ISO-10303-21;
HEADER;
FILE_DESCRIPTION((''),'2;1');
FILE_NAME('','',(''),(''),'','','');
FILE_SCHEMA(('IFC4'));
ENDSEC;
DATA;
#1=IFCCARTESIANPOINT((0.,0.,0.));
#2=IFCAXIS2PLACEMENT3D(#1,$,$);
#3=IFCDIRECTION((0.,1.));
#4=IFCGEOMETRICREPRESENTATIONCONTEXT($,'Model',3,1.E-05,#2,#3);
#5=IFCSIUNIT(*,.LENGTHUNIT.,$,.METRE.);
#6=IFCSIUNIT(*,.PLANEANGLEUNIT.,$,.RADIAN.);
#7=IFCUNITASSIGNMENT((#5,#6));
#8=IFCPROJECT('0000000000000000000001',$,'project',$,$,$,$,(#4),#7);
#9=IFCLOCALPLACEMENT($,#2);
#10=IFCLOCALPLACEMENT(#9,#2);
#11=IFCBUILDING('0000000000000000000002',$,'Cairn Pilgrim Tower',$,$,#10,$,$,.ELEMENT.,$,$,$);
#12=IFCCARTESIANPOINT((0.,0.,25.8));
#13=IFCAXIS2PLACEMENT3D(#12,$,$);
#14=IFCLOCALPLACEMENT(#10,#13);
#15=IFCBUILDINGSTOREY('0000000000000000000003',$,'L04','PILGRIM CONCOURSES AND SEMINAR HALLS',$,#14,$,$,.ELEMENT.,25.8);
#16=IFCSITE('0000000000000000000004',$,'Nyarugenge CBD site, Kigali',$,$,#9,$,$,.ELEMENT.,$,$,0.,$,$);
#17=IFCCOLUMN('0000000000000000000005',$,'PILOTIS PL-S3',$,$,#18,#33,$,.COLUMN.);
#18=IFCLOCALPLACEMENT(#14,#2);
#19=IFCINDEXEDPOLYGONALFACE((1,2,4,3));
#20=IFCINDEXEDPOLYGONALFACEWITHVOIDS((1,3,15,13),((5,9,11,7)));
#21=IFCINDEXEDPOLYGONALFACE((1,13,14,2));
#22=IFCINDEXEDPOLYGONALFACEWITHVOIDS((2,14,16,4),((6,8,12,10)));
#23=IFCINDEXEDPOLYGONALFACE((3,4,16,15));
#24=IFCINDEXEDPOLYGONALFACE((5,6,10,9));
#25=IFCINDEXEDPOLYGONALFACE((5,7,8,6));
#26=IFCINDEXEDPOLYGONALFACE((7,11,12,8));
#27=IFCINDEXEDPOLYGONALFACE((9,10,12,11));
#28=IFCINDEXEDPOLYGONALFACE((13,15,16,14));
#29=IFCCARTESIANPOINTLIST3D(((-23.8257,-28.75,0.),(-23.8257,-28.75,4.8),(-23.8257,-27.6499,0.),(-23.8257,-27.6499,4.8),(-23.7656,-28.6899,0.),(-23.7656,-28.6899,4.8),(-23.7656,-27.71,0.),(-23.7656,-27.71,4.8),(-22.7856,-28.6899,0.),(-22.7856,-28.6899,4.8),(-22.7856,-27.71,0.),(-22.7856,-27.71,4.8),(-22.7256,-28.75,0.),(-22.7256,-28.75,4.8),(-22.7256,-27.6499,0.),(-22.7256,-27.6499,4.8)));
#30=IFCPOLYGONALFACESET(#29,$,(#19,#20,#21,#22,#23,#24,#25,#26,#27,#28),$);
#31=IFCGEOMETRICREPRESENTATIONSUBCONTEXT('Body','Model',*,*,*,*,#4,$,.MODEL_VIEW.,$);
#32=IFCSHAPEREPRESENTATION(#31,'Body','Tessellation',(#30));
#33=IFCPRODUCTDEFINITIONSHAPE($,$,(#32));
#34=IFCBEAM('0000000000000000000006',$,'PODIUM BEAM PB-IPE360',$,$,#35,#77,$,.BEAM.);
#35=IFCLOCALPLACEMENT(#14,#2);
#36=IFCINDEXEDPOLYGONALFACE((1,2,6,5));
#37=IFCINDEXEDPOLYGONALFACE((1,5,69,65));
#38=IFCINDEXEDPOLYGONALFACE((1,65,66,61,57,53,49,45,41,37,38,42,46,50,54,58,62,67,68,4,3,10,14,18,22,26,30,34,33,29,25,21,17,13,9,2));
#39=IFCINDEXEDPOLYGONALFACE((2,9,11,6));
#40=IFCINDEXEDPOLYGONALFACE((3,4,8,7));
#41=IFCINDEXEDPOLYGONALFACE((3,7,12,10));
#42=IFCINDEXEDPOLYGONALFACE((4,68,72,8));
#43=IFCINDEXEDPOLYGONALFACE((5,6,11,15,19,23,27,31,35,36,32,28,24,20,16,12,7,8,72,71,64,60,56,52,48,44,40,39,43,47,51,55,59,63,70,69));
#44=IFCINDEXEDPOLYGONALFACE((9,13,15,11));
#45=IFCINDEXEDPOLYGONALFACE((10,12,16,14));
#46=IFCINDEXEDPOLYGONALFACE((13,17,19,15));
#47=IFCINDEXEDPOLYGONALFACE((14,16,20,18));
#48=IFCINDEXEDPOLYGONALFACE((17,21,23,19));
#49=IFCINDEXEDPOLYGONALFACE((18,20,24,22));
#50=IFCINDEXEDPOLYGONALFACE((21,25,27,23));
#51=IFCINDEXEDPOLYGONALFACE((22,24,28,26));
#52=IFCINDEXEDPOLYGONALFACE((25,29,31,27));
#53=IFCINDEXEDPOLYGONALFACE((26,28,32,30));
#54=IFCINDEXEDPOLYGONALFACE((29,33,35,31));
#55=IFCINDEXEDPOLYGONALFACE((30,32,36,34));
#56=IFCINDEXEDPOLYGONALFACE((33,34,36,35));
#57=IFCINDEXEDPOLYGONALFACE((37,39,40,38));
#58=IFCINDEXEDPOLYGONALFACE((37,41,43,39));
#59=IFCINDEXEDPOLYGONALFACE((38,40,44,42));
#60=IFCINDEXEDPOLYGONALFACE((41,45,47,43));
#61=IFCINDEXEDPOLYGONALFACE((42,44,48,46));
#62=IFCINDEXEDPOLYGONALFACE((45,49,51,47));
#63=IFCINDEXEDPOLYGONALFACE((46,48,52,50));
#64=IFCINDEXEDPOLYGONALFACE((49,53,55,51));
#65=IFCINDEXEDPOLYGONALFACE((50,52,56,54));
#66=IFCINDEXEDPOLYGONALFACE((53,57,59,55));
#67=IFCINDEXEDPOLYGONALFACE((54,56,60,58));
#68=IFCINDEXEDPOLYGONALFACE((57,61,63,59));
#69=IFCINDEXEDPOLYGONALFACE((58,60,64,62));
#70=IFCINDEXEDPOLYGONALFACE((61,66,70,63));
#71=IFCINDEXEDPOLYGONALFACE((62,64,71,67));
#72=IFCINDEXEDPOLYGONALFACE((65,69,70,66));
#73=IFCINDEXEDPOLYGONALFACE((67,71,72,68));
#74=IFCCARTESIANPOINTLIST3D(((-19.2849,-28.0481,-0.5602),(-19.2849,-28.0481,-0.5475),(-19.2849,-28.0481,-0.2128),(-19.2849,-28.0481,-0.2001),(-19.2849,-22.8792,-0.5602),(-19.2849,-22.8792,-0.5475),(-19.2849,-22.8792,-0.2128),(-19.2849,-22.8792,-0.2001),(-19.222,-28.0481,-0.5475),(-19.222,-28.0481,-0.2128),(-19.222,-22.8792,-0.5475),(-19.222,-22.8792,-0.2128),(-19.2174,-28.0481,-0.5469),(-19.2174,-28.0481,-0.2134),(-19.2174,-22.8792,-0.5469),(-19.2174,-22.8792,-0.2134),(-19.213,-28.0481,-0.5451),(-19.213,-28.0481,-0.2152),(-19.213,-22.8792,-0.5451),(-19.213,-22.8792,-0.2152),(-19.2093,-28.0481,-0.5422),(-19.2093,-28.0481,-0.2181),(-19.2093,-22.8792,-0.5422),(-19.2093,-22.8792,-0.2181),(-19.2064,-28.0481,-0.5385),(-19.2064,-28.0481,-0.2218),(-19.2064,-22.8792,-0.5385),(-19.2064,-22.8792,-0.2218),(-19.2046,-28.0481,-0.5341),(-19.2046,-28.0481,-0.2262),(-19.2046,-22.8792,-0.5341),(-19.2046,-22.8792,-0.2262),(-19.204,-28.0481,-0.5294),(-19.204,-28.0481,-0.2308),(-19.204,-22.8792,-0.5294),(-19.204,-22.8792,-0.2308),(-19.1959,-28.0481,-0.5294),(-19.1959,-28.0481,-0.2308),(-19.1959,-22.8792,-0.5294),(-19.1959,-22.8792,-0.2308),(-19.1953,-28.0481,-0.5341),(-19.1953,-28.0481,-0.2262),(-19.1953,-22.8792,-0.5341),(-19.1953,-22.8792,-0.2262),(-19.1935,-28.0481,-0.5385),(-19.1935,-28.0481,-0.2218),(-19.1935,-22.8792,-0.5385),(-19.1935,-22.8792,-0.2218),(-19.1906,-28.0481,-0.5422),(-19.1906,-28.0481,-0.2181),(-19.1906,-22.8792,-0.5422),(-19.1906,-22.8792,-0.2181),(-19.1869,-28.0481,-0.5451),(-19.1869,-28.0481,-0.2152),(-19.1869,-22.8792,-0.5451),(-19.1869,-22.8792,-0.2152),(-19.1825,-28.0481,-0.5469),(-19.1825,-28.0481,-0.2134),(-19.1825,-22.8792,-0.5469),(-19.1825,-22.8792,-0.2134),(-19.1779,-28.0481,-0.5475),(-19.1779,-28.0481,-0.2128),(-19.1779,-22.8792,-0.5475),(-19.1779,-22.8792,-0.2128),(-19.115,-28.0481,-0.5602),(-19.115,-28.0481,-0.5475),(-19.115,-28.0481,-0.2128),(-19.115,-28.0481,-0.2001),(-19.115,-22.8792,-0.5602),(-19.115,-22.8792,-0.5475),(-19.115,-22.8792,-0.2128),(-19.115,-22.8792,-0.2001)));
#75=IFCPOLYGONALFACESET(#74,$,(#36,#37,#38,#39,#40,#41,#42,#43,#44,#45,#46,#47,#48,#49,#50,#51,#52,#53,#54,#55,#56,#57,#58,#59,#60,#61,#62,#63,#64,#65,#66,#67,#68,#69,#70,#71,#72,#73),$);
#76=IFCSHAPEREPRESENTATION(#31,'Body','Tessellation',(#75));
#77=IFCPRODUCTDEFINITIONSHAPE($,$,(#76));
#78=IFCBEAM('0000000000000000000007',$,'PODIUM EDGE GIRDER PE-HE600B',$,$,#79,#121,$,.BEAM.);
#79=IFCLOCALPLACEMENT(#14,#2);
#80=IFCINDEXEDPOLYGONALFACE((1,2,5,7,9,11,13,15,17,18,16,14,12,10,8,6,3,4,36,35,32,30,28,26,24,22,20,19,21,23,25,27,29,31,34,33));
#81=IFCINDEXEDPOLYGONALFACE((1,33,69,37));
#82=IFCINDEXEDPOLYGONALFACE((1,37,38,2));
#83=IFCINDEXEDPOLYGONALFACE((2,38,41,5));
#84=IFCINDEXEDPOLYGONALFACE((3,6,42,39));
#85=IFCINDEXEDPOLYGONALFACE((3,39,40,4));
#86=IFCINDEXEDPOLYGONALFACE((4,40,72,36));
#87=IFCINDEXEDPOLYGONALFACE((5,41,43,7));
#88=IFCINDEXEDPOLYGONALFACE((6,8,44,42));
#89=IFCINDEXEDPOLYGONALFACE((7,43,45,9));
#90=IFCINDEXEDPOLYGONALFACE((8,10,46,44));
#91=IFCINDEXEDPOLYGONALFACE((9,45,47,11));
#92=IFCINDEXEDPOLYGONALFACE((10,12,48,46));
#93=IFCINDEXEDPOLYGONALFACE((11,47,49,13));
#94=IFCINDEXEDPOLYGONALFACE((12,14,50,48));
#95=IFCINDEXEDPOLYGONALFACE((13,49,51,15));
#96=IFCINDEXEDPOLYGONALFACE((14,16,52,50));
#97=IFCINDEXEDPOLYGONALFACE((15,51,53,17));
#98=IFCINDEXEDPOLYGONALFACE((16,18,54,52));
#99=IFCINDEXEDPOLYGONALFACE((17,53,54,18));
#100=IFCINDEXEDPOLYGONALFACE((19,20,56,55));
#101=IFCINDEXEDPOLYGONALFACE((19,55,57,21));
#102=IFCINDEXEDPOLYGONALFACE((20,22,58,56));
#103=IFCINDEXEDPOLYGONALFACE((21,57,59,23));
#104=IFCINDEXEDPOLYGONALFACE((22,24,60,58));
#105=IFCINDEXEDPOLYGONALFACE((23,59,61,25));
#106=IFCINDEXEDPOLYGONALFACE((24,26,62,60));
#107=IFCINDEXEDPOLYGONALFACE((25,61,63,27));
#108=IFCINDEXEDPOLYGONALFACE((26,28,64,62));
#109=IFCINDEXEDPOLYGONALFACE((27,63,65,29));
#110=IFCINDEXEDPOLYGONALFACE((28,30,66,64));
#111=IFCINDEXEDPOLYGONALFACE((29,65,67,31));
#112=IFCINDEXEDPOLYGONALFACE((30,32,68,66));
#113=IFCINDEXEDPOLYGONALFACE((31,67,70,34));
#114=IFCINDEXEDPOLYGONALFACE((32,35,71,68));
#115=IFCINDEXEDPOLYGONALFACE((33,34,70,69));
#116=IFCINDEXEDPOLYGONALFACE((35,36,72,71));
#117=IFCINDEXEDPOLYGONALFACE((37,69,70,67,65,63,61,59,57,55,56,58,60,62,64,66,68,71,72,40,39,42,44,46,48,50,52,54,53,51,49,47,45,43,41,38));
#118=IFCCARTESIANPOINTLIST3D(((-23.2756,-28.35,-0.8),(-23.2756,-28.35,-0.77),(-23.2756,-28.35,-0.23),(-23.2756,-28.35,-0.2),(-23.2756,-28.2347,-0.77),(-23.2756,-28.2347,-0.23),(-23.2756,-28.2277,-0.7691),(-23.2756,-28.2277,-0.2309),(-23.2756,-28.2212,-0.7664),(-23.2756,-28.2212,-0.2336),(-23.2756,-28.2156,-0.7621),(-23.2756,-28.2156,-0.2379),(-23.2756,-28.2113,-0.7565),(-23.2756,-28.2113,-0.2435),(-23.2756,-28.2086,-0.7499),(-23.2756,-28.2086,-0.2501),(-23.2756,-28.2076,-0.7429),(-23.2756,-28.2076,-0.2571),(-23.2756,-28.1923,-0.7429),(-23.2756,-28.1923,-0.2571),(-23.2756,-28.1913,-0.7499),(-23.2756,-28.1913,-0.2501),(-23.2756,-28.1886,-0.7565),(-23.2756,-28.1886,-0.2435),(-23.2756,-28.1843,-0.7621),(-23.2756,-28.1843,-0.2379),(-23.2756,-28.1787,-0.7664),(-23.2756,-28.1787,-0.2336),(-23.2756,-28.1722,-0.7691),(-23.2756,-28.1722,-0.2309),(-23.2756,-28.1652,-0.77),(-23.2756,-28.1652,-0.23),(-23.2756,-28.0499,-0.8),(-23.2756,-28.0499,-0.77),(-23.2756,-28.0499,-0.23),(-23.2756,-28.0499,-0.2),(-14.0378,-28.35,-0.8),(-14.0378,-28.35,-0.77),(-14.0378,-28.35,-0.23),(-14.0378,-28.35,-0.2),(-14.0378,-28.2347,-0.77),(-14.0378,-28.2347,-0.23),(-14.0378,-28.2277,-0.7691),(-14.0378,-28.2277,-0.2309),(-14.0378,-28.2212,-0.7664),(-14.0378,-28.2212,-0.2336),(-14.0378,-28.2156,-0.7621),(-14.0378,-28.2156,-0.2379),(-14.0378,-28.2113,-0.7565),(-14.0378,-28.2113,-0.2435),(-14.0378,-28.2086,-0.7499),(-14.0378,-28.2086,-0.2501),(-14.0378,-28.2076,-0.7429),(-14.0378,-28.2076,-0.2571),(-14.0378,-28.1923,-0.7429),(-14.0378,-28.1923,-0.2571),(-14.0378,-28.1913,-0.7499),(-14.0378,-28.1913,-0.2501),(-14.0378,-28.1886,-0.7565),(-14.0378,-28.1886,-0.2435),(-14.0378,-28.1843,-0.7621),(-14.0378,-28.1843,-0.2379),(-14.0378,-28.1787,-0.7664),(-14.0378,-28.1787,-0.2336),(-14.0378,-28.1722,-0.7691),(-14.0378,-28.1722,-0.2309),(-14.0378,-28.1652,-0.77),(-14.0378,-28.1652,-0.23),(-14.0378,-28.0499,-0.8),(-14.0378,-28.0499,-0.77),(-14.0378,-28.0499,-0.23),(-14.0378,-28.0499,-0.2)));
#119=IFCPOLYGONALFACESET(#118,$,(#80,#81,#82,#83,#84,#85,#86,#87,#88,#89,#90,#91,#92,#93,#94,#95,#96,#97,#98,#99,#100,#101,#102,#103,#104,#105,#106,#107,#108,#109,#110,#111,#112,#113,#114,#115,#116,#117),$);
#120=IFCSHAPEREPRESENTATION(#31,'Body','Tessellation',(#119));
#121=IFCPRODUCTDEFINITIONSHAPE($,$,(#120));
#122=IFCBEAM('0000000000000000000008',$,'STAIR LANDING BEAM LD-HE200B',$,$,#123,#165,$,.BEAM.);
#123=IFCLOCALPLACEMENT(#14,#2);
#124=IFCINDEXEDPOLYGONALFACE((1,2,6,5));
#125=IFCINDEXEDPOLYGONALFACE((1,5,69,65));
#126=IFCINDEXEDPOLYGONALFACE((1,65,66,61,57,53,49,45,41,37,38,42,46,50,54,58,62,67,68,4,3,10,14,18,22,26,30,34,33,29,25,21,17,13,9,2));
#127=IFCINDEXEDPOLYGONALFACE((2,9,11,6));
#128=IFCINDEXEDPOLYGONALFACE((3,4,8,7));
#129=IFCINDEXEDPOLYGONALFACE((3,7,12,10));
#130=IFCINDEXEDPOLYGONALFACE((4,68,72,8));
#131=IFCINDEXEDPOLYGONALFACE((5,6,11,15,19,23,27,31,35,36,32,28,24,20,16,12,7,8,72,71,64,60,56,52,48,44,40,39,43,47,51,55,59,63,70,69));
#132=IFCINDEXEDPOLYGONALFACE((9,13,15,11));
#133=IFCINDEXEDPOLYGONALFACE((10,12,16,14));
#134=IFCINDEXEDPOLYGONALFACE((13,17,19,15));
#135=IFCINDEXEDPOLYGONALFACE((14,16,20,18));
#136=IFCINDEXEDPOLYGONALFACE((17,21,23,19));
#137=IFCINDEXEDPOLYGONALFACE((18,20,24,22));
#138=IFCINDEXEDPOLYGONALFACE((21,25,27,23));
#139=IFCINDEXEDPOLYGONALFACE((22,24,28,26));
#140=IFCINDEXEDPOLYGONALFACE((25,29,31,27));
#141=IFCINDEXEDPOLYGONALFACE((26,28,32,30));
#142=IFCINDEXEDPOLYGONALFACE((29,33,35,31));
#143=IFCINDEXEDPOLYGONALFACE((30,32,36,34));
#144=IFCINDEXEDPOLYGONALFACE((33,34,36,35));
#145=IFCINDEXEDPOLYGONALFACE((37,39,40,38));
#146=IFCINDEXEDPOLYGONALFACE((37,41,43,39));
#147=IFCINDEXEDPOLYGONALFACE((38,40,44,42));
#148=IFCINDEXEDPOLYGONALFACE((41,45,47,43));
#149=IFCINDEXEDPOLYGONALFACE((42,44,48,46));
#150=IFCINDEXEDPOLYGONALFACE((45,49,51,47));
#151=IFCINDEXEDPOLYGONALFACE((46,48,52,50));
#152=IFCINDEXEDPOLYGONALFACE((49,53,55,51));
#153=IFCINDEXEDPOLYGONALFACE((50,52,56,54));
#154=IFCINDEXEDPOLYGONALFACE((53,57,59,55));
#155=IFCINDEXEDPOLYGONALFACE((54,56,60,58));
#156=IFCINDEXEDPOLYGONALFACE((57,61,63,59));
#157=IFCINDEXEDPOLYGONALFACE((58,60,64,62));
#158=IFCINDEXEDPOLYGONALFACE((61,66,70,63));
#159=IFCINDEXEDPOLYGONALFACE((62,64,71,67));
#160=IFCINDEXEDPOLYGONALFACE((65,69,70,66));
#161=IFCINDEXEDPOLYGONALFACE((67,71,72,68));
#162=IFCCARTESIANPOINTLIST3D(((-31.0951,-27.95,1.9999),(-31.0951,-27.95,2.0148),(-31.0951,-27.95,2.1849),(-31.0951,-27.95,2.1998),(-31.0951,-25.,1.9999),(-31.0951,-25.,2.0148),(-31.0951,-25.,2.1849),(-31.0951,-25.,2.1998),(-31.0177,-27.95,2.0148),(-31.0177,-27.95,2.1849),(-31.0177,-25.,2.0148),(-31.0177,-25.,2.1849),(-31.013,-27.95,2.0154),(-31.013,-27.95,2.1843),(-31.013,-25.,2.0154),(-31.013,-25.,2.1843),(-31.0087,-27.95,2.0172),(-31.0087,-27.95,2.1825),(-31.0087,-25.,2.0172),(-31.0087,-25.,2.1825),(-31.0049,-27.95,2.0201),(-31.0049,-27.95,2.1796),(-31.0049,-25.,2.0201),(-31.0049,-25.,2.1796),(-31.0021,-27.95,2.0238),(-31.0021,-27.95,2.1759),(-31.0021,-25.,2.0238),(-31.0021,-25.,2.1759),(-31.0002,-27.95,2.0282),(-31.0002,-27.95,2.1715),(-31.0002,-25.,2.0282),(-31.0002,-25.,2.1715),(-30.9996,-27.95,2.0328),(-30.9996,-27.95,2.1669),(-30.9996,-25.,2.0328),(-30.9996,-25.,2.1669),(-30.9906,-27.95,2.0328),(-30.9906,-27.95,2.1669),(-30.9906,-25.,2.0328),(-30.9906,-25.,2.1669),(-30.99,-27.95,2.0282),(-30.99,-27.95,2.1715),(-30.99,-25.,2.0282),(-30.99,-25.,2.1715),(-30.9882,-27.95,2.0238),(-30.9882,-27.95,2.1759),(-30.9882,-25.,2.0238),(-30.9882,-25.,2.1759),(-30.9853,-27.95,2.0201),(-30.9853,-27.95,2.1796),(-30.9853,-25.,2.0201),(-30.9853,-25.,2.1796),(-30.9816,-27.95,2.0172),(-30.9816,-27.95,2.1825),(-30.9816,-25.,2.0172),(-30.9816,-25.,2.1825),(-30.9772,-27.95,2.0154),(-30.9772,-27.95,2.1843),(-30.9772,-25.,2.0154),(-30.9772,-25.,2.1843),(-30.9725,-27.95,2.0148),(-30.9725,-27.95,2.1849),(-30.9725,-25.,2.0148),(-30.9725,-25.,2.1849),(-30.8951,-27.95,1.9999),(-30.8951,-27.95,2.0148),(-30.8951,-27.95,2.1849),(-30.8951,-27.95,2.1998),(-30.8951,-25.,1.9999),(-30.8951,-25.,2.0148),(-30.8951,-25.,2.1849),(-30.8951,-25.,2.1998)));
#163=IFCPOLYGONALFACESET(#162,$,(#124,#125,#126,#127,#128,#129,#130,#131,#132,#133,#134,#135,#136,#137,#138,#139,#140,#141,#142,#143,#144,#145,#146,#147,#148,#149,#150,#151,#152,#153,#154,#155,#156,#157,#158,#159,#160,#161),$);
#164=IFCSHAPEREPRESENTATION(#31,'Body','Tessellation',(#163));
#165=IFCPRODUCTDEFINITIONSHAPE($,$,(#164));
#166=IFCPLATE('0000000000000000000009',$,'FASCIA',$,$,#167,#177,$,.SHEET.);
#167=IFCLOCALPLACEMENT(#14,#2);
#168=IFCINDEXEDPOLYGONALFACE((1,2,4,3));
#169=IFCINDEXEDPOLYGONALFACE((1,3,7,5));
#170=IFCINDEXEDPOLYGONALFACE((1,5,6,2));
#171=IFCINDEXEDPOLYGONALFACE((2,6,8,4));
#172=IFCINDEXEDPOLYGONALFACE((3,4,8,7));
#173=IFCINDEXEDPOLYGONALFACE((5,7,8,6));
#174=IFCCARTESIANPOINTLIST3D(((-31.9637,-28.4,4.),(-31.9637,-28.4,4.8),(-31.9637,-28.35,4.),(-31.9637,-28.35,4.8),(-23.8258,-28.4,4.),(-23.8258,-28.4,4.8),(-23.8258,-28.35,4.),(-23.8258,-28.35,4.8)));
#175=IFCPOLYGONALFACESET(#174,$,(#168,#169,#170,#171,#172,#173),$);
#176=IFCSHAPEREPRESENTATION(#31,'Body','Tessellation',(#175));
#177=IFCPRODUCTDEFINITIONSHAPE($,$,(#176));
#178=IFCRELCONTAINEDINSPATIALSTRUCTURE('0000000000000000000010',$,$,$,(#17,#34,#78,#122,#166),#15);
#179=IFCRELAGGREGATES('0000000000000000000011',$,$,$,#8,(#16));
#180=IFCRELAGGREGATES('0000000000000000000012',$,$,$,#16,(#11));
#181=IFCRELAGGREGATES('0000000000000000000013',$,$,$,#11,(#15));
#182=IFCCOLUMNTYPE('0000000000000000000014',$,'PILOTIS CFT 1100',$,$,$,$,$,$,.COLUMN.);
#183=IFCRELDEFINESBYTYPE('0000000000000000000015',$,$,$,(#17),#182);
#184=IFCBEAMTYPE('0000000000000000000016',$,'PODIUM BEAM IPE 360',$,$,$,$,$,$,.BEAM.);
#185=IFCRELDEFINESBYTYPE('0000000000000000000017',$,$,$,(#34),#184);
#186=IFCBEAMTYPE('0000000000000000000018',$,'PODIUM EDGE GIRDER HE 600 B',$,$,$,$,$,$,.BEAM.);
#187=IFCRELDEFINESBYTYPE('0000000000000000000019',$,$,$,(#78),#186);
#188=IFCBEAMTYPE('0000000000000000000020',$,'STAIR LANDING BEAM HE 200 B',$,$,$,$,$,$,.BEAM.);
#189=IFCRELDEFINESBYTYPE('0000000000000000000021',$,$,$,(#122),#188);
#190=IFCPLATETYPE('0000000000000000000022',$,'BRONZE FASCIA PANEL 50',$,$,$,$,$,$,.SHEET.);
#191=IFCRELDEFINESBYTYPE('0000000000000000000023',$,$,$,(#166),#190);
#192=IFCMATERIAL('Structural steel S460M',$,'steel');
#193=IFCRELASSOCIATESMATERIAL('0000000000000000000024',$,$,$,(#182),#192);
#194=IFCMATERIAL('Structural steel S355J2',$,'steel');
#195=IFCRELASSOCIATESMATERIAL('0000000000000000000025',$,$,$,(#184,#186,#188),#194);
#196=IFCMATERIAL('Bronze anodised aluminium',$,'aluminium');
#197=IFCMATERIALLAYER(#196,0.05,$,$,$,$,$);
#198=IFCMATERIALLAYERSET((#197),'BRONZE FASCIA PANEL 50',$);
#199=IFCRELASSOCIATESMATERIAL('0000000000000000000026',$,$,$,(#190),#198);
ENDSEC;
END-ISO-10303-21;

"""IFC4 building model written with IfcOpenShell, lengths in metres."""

from ifc_helpers import new_model, si_unit, direction, frame, origin, origin_2d, place, context, subcontext, project, spatial, rectangle, hollow_rectangle, i_section, extrude, material, layer, layer_set, material_profile, profile_set, type_object, element, save


model = new_model("IFC4")

# Units and contexts
model_context = context("Model", 3, precision=1e-05, world=origin(), true_north=direction((0.0, 1.0)))
body_context = subcontext(model_context, "Body", "Model", "MODEL_VIEW")
ifc_project = project(units=[si_unit("LENGTHUNIT", "METRE"), si_unit("PLANEANGLEUNIT", "RADIAN")], contexts=[model_context])

# Site, building, storey
site_placement = place(None, origin())
site = spatial("IfcSite", under=ifc_project, at=site_placement, Name="Nyarugenge CBD site, Kigali", CompositionType="ELEMENT", RefElevation=0.0)
building_placement = place(site_placement, origin())
building = spatial("IfcBuilding", under=site, at=building_placement, Name="Cairn Pilgrim Tower", CompositionType="ELEMENT")
storey_placement = place(building_placement, frame((0.0, 0.0, 25.8)))
storey = spatial("IfcBuildingStorey", under=building, at=storey_placement, Name="L04", Description="PILGRIM CONCOURSES AND SEMINAR HALLS", CompositionType="ELEMENT", Elevation=25.8)

# Column
ifc_material_1 = material(Name="Structural steel S460M", Category="steel")
ifc_material_profile_1 = material_profile(ifc_material_1, hollow_rectangle(XDim=1.1001, YDim=1.1001, WallThickness=0.0601, at=origin_2d()), Name="BOX 1100x1100x60")
ifc_profile_set_1 = profile_set([ifc_material_profile_1], Name="Structural steel S460M")
column_type = type_object("IfcColumnType", Name="PILOTIS CFT 1100", PredefinedType="COLUMN", material=ifc_profile_set_1)
column_placement = place(storey_placement, frame((-23.2756, -28.2, 0.0), z_axis=(0.0, 0.0, 1.0), x_axis=(1.0, 0.0, 0.0)))
element("IfcColumn", 1, at=column_placement, inside=storey, type_object=column_type, Name="PILOTIS PL-S3", PredefinedType="COLUMN", context=body_context, shape_type="SweptSolid", body=[
    extrude(hollow_rectangle(XDim=1.1001, YDim=1.1001, WallThickness=0.0601, at=origin_2d()), origin(), (0.0, 0.0, 1.0), 4.8),
])

# Beams
ifc_material_2 = material(Name="Structural steel S355J2", Category="steel")
ifc_material_profile_2 = material_profile(ifc_material_2, i_section(OverallWidth=0.1699, OverallDepth=0.3601, WebThickness=0.0081, FlangeThickness=0.0127, FilletRadius=0.0181, at=origin_2d()), Name="IPE 360")
ifc_profile_set_2 = profile_set([ifc_material_profile_2], Name="Structural steel S355J2")
beam_type_1 = type_object("IfcBeamType", Name="PODIUM BEAM IPE 360", PredefinedType="BEAM", material=ifc_profile_set_2)
beam_1_placement = place(storey_placement, frame((-19.2, -28.0481, -0.3801), z_axis=(0.0, 1.0, 0.0), x_axis=(-1.0, 0.0, 0.0)))
element("IfcBeam", 2, at=beam_1_placement, inside=storey, type_object=beam_type_1, Name="PODIUM BEAM PB-IPE360", PredefinedType="BEAM", context=body_context, shape_type="SweptSolid", body=[
    extrude(i_section(OverallWidth=0.1699, OverallDepth=0.3601, WebThickness=0.0081, FlangeThickness=0.0127, FilletRadius=0.0181, at=origin_2d()), origin(), (0.0, 0.0, 1.0), 5.1689),
])
ifc_material_profile_3 = material_profile(ifc_material_2, i_section(OverallWidth=0.3, OverallDepth=0.6001, WebThickness=0.0154, FlangeThickness=0.03, FilletRadius=0.0271, at=origin_2d()), Name="HEB 600")
ifc_profile_set_3 = profile_set([ifc_material_profile_3], Name="Structural steel S355J2")
beam_type_2 = type_object("IfcBeamType", Name="PODIUM EDGE GIRDER HE 600 B", PredefinedType="BEAM", material=ifc_profile_set_3)
beam_2_placement = place(storey_placement, frame((-23.2756, -28.2, -0.5), z_axis=(1.0, 0.0, 0.0), x_axis=(0.0, 1.0, 0.0)))
element("IfcBeam", 3, at=beam_2_placement, inside=storey, type_object=beam_type_2, Name="PODIUM EDGE GIRDER PE-HE600B", PredefinedType="BEAM", context=body_context, shape_type="SweptSolid", body=[
    extrude(i_section(OverallWidth=0.3, OverallDepth=0.6001, WebThickness=0.0154, FlangeThickness=0.03, FilletRadius=0.0271, at=origin_2d()), origin(), (0.0, 0.0, 1.0), 9.2378),
])
ifc_material_profile_4 = material_profile(ifc_material_2, i_section(OverallWidth=0.2, OverallDepth=0.2, WebThickness=0.009, FlangeThickness=0.0149, FilletRadius=0.0181, at=origin_2d()), Name="HE 200 B")
ifc_profile_set_4 = profile_set([ifc_material_profile_4], Name="Structural steel S355J2")
beam_type_3 = type_object("IfcBeamType", Name="STAIR LANDING BEAM HE 200 B", PredefinedType="BEAM", material=ifc_profile_set_4)
beam_3_placement = place(storey_placement, frame((-30.9951, -27.95, 2.0999), z_axis=(0.0, 1.0, 0.0), x_axis=(-1.0, 0.0, 0.0)))
element("IfcBeam", 4, at=beam_3_placement, inside=storey, type_object=beam_type_3, Name="STAIR LANDING BEAM LD-HE200B", PredefinedType="BEAM", context=body_context, shape_type="SweptSolid", body=[
    extrude(i_section(OverallWidth=0.2, OverallDepth=0.2, WebThickness=0.009, FlangeThickness=0.0149, FilletRadius=0.0181, at=origin_2d()), origin(), (0.0, 0.0, 1.0), 2.95),
])

# Plate
ifc_material_3 = material(Name="Bronze anodised aluminium", Category="aluminium")
ifc_layer_1 = layer(ifc_material_3, 0.05)
ifc_layer_set_1 = layer_set([ifc_layer_1], Name="BRONZE FASCIA PANEL 50")
plate_type_1 = type_object("IfcPlateType", Name="BRONZE FASCIA PANEL 50", PredefinedType="SHEET", material=ifc_layer_set_1)
plate_1_placement = place(storey_placement, frame((-27.8948, -28.375, 4.0), z_axis=(0.0, 0.0, 1.0), x_axis=(1.0, 0.0, 0.0)))
element("IfcPlate", 5, at=plate_1_placement, inside=storey, type_object=plate_type_1, Name="FASCIA", PredefinedType="SHEET", context=body_context, shape_type="SweptSolid", body=[
    extrude(rectangle(XDim=8.1379, YDim=0.05, at=origin_2d()), origin(), (0.0, 0.0, 1.0), 0.8),
])

save(model, "model.ifc")
